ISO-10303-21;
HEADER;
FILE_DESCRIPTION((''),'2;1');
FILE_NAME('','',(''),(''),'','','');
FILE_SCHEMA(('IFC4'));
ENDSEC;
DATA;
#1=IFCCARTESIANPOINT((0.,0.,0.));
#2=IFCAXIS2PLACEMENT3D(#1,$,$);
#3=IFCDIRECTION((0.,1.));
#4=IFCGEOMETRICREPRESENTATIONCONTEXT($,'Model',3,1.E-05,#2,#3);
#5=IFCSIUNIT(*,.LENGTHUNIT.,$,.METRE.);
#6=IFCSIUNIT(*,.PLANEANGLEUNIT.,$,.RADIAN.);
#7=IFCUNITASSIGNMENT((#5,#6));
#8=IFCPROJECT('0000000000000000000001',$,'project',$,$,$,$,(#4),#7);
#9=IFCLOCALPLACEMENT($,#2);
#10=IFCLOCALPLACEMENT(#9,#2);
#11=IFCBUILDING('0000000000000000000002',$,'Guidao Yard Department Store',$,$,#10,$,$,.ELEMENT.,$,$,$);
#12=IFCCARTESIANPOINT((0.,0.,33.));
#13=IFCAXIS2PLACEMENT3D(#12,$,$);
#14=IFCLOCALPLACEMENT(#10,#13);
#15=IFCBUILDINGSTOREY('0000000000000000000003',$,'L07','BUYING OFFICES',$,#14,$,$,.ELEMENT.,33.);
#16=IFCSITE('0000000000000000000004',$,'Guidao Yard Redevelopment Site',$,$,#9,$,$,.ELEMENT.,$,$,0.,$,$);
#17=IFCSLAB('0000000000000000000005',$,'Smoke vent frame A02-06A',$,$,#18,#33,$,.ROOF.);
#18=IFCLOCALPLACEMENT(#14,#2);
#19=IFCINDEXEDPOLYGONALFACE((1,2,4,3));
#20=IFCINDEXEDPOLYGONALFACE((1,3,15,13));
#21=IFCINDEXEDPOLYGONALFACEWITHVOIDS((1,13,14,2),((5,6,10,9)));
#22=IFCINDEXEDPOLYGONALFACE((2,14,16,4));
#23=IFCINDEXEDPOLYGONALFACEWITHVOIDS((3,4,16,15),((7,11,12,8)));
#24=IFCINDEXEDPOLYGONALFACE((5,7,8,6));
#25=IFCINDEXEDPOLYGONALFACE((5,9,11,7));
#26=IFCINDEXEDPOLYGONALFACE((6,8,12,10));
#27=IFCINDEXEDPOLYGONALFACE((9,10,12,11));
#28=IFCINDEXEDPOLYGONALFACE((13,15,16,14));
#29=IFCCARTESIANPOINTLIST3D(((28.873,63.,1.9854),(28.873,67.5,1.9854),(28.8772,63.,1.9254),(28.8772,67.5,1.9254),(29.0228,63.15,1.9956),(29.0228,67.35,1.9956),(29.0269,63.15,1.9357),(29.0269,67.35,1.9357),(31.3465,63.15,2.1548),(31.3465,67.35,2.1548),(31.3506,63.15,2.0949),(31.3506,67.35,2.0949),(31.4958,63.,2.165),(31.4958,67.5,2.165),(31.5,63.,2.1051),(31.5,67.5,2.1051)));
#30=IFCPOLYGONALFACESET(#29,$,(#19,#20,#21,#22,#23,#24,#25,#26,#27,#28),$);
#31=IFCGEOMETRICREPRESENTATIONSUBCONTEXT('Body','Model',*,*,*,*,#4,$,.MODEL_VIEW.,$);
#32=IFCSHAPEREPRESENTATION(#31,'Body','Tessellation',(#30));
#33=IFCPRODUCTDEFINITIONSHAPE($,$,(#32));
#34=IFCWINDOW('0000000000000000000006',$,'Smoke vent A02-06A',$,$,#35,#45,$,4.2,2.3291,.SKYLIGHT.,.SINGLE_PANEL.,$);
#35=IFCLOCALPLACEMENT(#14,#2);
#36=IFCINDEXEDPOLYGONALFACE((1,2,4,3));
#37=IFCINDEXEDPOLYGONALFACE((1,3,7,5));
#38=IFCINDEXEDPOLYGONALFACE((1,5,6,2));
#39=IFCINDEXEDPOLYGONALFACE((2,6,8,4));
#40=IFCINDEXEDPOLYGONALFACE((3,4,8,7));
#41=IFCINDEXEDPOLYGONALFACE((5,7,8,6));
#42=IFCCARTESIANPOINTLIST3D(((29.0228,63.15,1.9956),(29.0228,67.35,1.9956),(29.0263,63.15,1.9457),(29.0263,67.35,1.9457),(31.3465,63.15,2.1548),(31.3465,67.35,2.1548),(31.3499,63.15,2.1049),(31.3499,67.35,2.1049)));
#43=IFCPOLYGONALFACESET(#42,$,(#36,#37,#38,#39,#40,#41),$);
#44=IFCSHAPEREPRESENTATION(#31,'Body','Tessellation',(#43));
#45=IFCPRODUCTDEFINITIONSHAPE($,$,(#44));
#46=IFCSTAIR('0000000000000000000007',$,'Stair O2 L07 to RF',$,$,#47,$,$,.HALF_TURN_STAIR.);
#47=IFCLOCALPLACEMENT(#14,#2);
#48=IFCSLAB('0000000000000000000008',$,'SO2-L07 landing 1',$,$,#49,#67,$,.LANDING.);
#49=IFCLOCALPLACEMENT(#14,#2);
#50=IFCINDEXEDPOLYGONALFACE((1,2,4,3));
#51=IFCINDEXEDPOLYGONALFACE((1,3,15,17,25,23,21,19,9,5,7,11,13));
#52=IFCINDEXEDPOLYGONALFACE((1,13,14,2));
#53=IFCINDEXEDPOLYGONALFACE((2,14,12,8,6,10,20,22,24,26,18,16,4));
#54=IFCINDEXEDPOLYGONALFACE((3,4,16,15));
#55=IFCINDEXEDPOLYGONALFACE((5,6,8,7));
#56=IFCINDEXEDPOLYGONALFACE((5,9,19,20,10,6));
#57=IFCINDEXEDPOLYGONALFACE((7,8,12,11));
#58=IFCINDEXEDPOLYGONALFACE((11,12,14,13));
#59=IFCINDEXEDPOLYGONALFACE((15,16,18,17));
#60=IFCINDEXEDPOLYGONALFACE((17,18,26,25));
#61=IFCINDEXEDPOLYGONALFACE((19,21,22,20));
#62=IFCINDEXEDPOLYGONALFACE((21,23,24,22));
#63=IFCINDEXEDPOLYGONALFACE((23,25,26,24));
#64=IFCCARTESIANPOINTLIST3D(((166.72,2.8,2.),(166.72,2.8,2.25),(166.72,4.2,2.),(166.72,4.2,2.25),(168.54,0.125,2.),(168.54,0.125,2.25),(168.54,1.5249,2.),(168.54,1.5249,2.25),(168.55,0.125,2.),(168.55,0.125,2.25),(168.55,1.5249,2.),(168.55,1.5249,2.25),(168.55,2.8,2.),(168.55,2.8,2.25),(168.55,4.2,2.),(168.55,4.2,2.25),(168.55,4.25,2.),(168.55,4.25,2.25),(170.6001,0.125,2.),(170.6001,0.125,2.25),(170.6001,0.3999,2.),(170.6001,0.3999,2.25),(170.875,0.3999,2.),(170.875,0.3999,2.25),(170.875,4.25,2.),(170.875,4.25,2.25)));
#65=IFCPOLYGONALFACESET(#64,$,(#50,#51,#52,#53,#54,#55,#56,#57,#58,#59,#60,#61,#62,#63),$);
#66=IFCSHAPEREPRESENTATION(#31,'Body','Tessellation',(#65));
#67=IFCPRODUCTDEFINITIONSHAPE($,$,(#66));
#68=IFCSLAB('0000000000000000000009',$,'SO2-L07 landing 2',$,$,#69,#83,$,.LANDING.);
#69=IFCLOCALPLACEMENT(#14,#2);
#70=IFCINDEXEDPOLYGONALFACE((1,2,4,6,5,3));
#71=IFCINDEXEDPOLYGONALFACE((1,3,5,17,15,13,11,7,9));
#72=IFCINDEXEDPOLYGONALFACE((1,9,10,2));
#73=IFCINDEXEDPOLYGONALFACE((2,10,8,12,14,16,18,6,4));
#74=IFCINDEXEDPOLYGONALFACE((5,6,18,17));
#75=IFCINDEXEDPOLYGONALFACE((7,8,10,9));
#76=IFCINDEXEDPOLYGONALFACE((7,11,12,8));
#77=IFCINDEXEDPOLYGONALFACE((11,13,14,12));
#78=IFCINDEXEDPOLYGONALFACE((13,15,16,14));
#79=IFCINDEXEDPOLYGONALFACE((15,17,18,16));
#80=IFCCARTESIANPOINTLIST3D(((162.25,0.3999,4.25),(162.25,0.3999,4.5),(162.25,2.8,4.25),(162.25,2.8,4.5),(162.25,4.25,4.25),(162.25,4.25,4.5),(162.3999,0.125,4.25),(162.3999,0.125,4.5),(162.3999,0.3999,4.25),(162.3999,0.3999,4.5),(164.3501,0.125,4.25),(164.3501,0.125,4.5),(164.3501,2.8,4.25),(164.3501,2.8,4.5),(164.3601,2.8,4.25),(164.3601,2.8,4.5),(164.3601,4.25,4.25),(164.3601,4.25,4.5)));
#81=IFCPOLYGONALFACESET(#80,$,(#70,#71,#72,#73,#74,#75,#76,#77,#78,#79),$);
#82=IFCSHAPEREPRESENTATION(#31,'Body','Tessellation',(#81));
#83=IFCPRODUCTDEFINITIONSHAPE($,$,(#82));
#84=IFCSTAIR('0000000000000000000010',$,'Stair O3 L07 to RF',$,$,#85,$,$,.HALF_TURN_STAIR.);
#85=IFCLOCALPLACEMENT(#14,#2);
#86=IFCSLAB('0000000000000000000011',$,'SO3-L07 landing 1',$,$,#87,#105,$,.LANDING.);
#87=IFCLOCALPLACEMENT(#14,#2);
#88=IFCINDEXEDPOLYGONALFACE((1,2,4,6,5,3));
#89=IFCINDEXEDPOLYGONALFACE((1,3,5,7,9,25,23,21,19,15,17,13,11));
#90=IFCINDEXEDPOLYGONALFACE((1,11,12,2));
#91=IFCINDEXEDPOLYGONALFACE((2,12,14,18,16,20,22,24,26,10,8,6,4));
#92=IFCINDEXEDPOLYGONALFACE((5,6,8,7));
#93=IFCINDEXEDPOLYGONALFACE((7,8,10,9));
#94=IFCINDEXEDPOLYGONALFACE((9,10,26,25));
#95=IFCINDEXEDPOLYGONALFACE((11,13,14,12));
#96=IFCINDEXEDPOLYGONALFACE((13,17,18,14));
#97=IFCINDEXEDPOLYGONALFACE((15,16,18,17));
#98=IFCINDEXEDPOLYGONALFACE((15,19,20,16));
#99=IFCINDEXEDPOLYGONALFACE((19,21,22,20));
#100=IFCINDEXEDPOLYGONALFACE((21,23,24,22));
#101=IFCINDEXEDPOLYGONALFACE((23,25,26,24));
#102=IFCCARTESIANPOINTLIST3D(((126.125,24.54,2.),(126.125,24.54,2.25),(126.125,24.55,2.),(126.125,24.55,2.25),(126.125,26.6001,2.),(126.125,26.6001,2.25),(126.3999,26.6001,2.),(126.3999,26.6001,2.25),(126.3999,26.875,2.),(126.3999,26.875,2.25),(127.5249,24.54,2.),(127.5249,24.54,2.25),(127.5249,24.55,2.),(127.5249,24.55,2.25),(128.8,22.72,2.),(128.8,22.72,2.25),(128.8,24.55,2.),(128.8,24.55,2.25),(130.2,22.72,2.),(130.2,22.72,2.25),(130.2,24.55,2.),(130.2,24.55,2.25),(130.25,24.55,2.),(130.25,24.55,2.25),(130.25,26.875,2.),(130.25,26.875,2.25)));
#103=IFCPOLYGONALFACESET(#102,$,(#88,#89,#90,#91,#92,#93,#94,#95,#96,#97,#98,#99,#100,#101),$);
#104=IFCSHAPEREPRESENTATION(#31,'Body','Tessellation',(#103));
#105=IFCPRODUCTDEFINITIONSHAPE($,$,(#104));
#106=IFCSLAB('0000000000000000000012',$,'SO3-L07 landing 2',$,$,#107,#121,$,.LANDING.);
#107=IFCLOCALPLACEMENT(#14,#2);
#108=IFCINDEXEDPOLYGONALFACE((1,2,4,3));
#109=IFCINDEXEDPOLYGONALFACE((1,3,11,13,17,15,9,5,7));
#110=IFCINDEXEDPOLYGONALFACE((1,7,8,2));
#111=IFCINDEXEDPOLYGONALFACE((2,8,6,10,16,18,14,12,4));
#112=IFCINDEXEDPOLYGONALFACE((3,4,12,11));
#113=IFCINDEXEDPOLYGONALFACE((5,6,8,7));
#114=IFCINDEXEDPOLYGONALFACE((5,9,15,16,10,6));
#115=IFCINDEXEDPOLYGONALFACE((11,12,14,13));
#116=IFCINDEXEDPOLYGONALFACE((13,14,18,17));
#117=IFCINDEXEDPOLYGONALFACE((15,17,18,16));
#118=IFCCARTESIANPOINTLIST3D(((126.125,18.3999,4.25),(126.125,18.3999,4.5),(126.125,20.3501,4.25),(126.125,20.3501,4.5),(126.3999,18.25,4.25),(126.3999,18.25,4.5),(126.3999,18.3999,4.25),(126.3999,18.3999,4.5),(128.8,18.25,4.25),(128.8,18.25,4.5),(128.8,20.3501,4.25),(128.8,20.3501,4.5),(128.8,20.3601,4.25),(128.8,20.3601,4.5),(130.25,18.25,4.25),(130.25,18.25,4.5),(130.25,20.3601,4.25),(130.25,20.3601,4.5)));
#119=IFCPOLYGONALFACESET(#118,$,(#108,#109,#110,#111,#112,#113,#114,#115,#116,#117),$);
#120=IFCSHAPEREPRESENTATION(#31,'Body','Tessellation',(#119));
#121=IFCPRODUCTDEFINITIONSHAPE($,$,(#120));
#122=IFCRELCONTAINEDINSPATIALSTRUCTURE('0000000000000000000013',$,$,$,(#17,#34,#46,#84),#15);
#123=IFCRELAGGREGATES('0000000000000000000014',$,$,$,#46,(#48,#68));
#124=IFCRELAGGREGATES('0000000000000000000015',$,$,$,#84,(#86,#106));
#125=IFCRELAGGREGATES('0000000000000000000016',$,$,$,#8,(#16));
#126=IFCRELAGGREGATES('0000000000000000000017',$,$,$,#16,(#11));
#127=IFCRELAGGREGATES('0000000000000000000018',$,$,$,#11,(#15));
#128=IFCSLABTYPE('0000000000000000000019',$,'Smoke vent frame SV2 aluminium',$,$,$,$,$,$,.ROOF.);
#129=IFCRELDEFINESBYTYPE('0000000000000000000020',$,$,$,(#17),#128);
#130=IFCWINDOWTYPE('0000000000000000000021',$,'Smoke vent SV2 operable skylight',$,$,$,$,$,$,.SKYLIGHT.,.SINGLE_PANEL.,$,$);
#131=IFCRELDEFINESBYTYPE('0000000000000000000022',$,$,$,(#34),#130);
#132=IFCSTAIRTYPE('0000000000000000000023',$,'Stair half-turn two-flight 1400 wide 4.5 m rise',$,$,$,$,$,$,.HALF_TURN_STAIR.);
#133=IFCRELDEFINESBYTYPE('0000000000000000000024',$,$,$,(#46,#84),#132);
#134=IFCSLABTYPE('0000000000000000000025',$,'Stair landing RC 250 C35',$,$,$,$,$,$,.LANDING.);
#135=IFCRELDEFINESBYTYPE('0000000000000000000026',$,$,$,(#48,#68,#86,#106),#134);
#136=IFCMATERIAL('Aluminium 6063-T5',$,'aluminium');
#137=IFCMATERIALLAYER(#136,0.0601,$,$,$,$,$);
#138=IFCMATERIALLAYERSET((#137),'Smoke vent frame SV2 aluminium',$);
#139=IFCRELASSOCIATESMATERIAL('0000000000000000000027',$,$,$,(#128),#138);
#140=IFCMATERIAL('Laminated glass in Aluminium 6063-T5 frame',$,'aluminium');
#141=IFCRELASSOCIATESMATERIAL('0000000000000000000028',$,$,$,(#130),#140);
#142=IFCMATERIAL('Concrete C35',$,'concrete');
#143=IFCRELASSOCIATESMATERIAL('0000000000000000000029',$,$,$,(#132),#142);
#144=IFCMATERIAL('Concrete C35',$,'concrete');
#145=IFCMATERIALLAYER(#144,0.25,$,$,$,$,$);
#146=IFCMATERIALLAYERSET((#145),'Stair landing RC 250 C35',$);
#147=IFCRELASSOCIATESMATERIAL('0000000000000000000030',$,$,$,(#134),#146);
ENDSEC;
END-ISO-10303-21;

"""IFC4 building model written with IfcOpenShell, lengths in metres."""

from ifc_helpers import new_model, si_unit, direction, frame, origin, origin_2d, place, context, subcontext, project, spatial, polyline, rectangle, outline, extrude, material, layer, layer_set, type_object, element, fill, aggregate, save


model = new_model("IFC4")

# Units and contexts
model_context = context("Model", 3, precision=1e-05, world=origin(), true_north=direction((0.0, 1.0)))
body_context = subcontext(model_context, "Body", "Model", "MODEL_VIEW")
ifc_project = project(units=[si_unit("LENGTHUNIT", "METRE"), si_unit("PLANEANGLEUNIT", "RADIAN")], contexts=[model_context])

# Site, building, storey
site_placement = place(None, origin())
site = spatial("IfcSite", under=ifc_project, at=site_placement, Name="Guidao Yard Redevelopment Site", CompositionType="ELEMENT", RefElevation=0.0)
building_placement = place(site_placement, origin())
building = spatial("IfcBuilding", under=site, at=building_placement, Name="Guidao Yard Department Store", CompositionType="ELEMENT")
storey_placement = place(building_placement, frame((0.0, 0.0, 33.0)))
storey = spatial("IfcBuildingStorey", under=building, at=storey_placement, Name="L07", Description="BUYING OFFICES", CompositionType="ELEMENT", Elevation=33.0)

# Slab, opening, window
ifc_material_1 = material(Name="Aluminium 6063-T5", Category="aluminium")
ifc_layer_1 = layer(ifc_material_1, 0.0601)
ifc_layer_set_1 = layer_set([ifc_layer_1], Name="Smoke vent frame SV2 aluminium")
slab_type_1 = type_object("IfcSlabType", Name="Smoke vent frame SV2 aluminium", PredefinedType="ROOF", material=ifc_layer_set_1)
ifc_material_2 = material(Name="Laminated glass in Aluminium 6063-T5 frame", Category="aluminium")
window_type = type_object("IfcWindowType", Name="Smoke vent SV2 operable skylight", PartitioningType="SINGLE_PANEL", PredefinedType="SKYLIGHT", material=ifc_material_2)
slab_1_placement = place(storey_placement, frame((28.873, 63.0, 1.9854), z_axis=(-0.06835, 0.0, 0.997661), x_axis=(0.997661, 0.0, 0.06835)))
slab_1 = element("IfcSlab", 1, at=slab_1_placement, inside=storey, type_object=slab_type_1, Name="Smoke vent frame A02-06A", PredefinedType="ROOF", context=body_context, shape_type="SweptSolid", body=[
    extrude(outline(polyline([(0.0, 0.0), (2.629, 0.0), (2.629, 4.5), (0.0, 4.5), (0.0, 0.0)])), origin(), (0.0, 0.0, -1.0), 0.0601),
])
opening_1_placement = place(slab_1_placement, frame((1.3147, 2.25, 0.0)))
opening_1 = element("IfcOpeningElement", 2, at=opening_1_placement, cuts=slab_1, PredefinedType="OPENING", context=body_context, shape_type="SweptSolid", body=[
    extrude(rectangle(XDim=2.3291, YDim=4.2, at=origin_2d()), frame((0.0, 0.0, 0.01)), (0.0, 0.0, -1.0), 0.0801),
])
window_1_placement = place(opening_1_placement, frame((0.0, 0.0, -0.05)))
window_1 = element("IfcWindow", 3, at=window_1_placement, inside=storey, type_object=window_type, Name="Smoke vent A02-06A", OverallHeight=4.2, OverallWidth=2.3291, PartitioningType="SINGLE_PANEL", PredefinedType="SKYLIGHT", context=body_context, shape_type="SweptSolid", body=[
    extrude(rectangle(XDim=2.3291, YDim=4.2, at=origin_2d()), origin(), (0.0, 0.0, 1.0), 0.05),
])
fill(opening_1, window_1)

# Stairs, slabs
ifc_material_3 = material(Name="Concrete C35", Category="concrete")
stair_type = type_object("IfcStairType", Name="Stair half-turn two-flight 1400 wide 4.5 m rise", PredefinedType="HALF_TURN_STAIR", material=ifc_material_3)
stair_1_placement = place(storey_placement, origin())
stair_1 = element("IfcStair", 4, at=stair_1_placement, inside=storey, type_object=stair_type, Name="Stair O2 L07 to RF", PredefinedType="HALF_TURN_STAIR")
ifc_material_4 = material(Name="Concrete C35", Category="concrete")
ifc_layer_2 = layer(ifc_material_4, 0.25)
ifc_layer_set_2 = layer_set([ifc_layer_2], Name="Stair landing RC 250 C35")
slab_type_2 = type_object("IfcSlabType", Name="Stair landing RC 250 C35", PredefinedType="LANDING", material=ifc_layer_set_2)
slab_2_placement = place(storey_placement, frame((0.0, 0.0, 2.0)))
slab_2 = element("IfcSlab", 5, at=slab_2_placement, type_object=slab_type_2, Name="SO2-L07 landing 1", PredefinedType="LANDING", context=body_context, shape_type="SweptSolid", body=[
    extrude(outline(polyline([(168.55, 1.5249), (168.55, 2.8), (166.72, 2.8), (166.72, 4.2), (168.55, 4.2), (168.55, 4.25), (170.875, 4.25), (170.875, 0.3999), (170.6001, 0.3999), (170.6001, 0.125), (168.55, 0.125), (168.54, 0.125), (168.54, 1.5249), (168.55, 1.5249)])), origin(), (0.0, 0.0, 1.0), 0.25),
])
slab_3_placement = place(storey_placement, frame((0.0, 0.0, 4.25)))
slab_3 = element("IfcSlab", 6, at=slab_3_placement, type_object=slab_type_2, Name="SO2-L07 landing 2", PredefinedType="LANDING", context=body_context, shape_type="SweptSolid", body=[
    extrude(outline(polyline([(162.3999, 0.3999), (162.25, 0.3999), (162.25, 2.8), (162.25, 4.25), (164.3601, 4.25), (164.3601, 2.8), (164.3501, 2.8), (164.3501, 0.125), (162.3999, 0.125), (162.3999, 0.3999)])), origin(), (0.0, 0.0, 1.0), 0.25),
])
aggregate(stair_1, [slab_2, slab_3])
stair_2_placement = place(storey_placement, origin())
stair_2 = element("IfcStair", 7, at=stair_2_placement, inside=storey, type_object=stair_type, Name="Stair O3 L07 to RF", PredefinedType="HALF_TURN_STAIR")
slab_4_placement = place(storey_placement, frame((0.0, 0.0, 2.0)))
slab_4 = element("IfcSlab", 8, at=slab_4_placement, type_object=slab_type_2, Name="SO3-L07 landing 1", PredefinedType="LANDING", context=body_context, shape_type="SweptSolid", body=[
    extrude(outline(polyline([(128.8, 24.55), (127.5249, 24.55), (127.5249, 24.54), (126.125, 24.54), (126.125, 24.55), (126.125, 26.6001), (126.3999, 26.6001), (126.3999, 26.875), (130.25, 26.875), (130.25, 24.55), (130.2, 24.55), (130.2, 22.72), (128.8, 22.72), (128.8, 24.55)])), origin(), (0.0, 0.0, 1.0), 0.25),
])
slab_5_placement = place(storey_placement, frame((0.0, 0.0, 4.25)))
slab_5 = element("IfcSlab", 9, at=slab_5_placement, type_object=slab_type_2, Name="SO3-L07 landing 2", PredefinedType="LANDING", context=body_context, shape_type="SweptSolid", body=[
    extrude(outline(polyline([(128.8, 20.3501), (128.8, 20.3601), (130.25, 20.3601), (130.25, 18.25), (128.8, 18.25), (126.3999, 18.25), (126.3999, 18.3999), (126.125, 18.3999), (126.125, 20.3501), (128.8, 20.3501)])), origin(), (0.0, 0.0, 1.0), 0.25),
])
aggregate(stair_2, [slab_4, slab_5])

save(model, "model.ifc")
